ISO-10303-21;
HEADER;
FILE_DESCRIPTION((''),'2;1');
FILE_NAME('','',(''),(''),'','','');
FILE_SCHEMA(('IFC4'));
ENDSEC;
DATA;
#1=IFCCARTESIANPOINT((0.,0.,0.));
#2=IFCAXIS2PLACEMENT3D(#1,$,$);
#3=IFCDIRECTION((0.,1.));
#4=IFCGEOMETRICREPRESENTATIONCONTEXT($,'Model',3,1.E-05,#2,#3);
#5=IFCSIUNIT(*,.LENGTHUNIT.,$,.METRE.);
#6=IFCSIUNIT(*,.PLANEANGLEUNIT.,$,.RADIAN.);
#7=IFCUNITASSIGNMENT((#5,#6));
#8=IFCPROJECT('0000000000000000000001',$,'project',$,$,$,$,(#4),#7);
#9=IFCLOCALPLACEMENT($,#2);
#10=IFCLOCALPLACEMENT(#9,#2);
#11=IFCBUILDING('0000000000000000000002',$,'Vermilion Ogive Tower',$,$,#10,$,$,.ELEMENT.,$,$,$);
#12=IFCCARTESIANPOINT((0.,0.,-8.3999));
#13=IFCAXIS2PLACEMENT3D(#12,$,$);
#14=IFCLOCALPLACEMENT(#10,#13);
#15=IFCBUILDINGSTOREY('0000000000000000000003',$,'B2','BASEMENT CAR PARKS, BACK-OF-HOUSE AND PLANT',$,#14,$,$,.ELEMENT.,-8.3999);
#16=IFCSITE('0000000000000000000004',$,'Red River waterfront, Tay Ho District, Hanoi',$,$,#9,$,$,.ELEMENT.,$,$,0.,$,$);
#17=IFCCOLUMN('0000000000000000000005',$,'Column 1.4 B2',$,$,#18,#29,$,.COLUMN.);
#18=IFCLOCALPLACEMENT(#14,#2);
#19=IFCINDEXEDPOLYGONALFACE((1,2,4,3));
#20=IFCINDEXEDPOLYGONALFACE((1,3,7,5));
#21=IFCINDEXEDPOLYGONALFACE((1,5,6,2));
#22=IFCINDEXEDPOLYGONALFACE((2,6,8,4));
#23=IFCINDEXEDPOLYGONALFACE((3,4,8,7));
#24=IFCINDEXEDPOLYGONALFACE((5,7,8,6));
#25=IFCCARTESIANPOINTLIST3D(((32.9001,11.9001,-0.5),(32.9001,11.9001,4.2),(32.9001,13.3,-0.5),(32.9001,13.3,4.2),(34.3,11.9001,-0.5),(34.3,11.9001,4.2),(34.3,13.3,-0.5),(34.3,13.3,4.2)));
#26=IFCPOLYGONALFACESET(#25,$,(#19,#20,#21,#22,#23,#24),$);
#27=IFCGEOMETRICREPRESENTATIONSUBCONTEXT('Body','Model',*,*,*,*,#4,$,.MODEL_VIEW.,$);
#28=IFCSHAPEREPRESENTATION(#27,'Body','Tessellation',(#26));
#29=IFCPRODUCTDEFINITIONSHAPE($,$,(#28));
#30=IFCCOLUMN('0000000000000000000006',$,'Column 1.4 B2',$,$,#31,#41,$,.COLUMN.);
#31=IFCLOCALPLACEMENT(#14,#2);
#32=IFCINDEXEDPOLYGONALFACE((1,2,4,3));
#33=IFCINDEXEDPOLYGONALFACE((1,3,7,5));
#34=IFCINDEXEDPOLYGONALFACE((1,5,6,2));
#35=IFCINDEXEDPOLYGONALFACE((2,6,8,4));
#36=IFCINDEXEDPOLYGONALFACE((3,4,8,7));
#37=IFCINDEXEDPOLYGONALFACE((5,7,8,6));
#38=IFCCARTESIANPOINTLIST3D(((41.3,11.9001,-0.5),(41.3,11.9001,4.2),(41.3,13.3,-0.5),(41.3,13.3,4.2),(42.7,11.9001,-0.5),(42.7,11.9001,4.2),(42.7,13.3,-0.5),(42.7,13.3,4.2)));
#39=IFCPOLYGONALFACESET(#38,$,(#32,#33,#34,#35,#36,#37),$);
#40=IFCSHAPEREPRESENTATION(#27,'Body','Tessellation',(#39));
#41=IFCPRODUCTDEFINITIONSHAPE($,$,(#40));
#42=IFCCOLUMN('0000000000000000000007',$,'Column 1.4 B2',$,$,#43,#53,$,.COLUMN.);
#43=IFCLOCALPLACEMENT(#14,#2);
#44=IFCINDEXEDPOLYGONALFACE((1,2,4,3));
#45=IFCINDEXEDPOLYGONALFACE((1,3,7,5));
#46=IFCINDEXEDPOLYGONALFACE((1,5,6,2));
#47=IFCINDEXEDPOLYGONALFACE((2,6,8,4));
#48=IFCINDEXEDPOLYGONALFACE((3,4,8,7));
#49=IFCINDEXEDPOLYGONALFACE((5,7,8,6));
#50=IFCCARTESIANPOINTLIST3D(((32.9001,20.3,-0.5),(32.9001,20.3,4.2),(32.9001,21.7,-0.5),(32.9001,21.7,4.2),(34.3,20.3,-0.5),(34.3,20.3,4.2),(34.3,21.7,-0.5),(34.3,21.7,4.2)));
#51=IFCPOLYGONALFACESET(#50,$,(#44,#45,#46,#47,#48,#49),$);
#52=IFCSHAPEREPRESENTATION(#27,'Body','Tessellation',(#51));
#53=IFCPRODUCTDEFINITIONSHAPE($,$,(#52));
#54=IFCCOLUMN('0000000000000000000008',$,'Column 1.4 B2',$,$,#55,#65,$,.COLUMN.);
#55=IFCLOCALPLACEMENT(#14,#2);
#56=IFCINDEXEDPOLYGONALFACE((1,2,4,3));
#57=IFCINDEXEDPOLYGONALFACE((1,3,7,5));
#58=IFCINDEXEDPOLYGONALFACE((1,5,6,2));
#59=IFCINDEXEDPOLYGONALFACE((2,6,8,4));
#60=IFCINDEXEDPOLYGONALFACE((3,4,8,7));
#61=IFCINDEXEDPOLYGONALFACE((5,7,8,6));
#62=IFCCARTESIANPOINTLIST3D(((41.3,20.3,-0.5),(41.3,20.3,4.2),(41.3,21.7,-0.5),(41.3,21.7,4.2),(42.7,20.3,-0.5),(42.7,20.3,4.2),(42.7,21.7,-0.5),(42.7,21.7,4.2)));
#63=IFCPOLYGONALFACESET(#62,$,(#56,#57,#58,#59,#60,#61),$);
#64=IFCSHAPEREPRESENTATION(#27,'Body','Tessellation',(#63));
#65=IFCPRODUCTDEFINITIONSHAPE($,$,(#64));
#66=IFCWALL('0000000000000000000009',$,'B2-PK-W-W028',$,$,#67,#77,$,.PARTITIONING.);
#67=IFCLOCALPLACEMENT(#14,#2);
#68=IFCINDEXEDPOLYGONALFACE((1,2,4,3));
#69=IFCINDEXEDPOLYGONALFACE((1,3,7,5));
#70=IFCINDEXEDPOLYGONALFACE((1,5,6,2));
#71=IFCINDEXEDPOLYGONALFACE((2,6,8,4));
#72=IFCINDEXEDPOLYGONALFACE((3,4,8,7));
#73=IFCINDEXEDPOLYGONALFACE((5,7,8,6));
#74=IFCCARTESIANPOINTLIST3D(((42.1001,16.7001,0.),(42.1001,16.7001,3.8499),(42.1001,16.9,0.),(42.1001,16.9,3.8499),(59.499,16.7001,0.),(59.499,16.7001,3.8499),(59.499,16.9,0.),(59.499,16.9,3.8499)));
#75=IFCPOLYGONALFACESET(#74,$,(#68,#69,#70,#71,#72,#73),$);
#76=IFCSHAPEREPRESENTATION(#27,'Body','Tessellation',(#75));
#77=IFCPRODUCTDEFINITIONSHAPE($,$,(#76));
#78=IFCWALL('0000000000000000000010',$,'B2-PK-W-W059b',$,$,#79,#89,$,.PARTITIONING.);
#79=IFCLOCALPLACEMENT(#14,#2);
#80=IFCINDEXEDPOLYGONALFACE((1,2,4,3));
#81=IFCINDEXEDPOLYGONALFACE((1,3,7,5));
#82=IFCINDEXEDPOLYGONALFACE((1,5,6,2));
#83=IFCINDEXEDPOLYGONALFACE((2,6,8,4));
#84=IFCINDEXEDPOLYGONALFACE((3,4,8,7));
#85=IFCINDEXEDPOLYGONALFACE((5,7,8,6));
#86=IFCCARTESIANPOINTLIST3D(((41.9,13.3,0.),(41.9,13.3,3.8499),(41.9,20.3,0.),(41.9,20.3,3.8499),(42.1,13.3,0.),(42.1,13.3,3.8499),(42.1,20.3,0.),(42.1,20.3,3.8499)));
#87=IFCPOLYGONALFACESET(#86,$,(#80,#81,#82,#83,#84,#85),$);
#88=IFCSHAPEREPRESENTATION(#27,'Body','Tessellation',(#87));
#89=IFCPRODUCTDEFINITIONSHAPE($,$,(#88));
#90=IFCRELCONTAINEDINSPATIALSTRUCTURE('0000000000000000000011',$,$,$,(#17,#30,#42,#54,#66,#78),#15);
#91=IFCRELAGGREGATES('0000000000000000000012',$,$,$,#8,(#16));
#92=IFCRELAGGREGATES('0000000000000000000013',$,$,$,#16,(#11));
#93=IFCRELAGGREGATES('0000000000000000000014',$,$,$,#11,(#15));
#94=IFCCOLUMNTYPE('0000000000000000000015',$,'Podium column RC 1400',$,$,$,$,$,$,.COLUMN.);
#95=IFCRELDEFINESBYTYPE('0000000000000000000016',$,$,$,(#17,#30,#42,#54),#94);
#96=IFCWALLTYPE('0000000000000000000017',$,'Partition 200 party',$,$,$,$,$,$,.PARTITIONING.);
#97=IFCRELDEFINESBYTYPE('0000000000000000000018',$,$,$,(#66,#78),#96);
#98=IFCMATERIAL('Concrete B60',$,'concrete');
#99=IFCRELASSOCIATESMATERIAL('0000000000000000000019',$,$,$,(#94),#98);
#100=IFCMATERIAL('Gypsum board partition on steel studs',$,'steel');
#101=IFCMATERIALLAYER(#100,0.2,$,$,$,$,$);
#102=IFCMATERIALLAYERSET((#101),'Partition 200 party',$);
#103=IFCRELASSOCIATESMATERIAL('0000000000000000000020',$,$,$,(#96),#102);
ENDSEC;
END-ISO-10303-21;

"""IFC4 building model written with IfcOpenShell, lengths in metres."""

from ifc_helpers import new_model, si_unit, direction, frame, frame_2d, origin, origin_2d, place, context, subcontext, project, spatial, rectangle, extrude, material, layer, layer_set, material_profile, profile_set, type_object, element, save


model = new_model("IFC4")

# Units and contexts
model_context = context("Model", 3, precision=1e-05, world=origin(), true_north=direction((0.0, 1.0)))
body_context = subcontext(model_context, "Body", "Model", "MODEL_VIEW")
ifc_project = project(units=[si_unit("LENGTHUNIT", "METRE"), si_unit("PLANEANGLEUNIT", "RADIAN")], contexts=[model_context])

# Site, building, storey
site_placement = place(None, origin())
site = spatial("IfcSite", under=ifc_project, at=site_placement, Name="Red River waterfront, Tay Ho District, Hanoi", CompositionType="ELEMENT", RefElevation=0.0)
building_placement = place(site_placement, origin())
building = spatial("IfcBuilding", under=site, at=building_placement, Name="Vermilion Ogive Tower", CompositionType="ELEMENT")
storey_placement = place(building_placement, frame((0.0, 0.0, -8.3999)))
storey = spatial("IfcBuildingStorey", under=building, at=storey_placement, Name="B2", Description="BASEMENT CAR PARKS, BACK-OF-HOUSE AND PLANT", CompositionType="ELEMENT", Elevation=-8.3999)

# Columns
ifc_material_1 = material(Name="Concrete B60", Category="concrete")
ifc_material_profile = material_profile(ifc_material_1, rectangle(XDim=1.3999, YDim=1.3999, at=origin_2d()), Name="RC 1400x1400")
ifc_profile_set = profile_set([ifc_material_profile], Name="Concrete B60")
column_type = type_object("IfcColumnType", Name="Podium column RC 1400", PredefinedType="COLUMN", material=ifc_profile_set)
for number, where, z_axis, x_axis, name in (
    (1, (33.6001, 12.6001, -0.5), (0.0, 0.0, 1.0), (1.0, 0.0, 0.0), "Column 1.4 B2"),
    (2, (42.0, 12.6001, -0.5), (0.0, 0.0, 1.0), (1.0, 0.0, 0.0), "Column 1.4 B2"),
    (3, (33.6001, 21.0, -0.5), (0.0, 0.0, 1.0), (1.0, 0.0, 0.0), "Column 1.4 B2"),
    (4, (42.0, 21.0, -0.5), (0.0, 0.0, 1.0), (1.0, 0.0, 0.0), "Column 1.4 B2"),
):
    element("IfcColumn", number, at=place(storey_placement, frame(where, z_axis=z_axis, x_axis=x_axis)), inside=storey, type_object=column_type, Name=name, PredefinedType="COLUMN", context=body_context, shape_type="SweptSolid", body=[
        extrude(rectangle(XDim=1.3999, YDim=1.3999, at=origin_2d()), origin(), (0.0, 0.0, 1.0), 4.7),
    ])

# Walls
ifc_material_2 = material(Name="Gypsum board partition on steel studs", Category="steel")
ifc_layer = layer(ifc_material_2, 0.2)
ifc_layer_set = layer_set([ifc_layer], Name="Partition 200 party")
wall_type = type_object("IfcWallType", Name="Partition 200 party", PredefinedType="PARTITIONING", material=ifc_layer_set)
wall_1_placement = place(storey_placement, frame((42.1001, 16.8, 0.0), z_axis=(0.0, 0.0, 1.0), x_axis=(1.0, 0.0, 0.0)))
element("IfcWall", 5, at=wall_1_placement, inside=storey, type_object=wall_type, Name="B2-PK-W-W028", PredefinedType="PARTITIONING", context=body_context, shape_type="SweptSolid", body=[
    extrude(rectangle(XDim=17.3989, YDim=0.2, at=frame_2d((8.6995, 0.0))), origin(), (0.0, 0.0, 1.0), 3.8499),
])
wall_2_placement = place(storey_placement, frame((42.0, 13.3, 0.0), z_axis=(0.0, 0.0, 1.0), x_axis=(0.0, 1.0, 0.0)))
element("IfcWall", 6, at=wall_2_placement, inside=storey, type_object=wall_type, Name="B2-PK-W-W059b", PredefinedType="PARTITIONING", context=body_context, shape_type="SweptSolid", body=[
    extrude(rectangle(XDim=7.0, YDim=0.2, at=frame_2d((3.5, 0.0))), origin(), (0.0, 0.0, 1.0), 3.8499),
])

save(model, "model.ifc")
